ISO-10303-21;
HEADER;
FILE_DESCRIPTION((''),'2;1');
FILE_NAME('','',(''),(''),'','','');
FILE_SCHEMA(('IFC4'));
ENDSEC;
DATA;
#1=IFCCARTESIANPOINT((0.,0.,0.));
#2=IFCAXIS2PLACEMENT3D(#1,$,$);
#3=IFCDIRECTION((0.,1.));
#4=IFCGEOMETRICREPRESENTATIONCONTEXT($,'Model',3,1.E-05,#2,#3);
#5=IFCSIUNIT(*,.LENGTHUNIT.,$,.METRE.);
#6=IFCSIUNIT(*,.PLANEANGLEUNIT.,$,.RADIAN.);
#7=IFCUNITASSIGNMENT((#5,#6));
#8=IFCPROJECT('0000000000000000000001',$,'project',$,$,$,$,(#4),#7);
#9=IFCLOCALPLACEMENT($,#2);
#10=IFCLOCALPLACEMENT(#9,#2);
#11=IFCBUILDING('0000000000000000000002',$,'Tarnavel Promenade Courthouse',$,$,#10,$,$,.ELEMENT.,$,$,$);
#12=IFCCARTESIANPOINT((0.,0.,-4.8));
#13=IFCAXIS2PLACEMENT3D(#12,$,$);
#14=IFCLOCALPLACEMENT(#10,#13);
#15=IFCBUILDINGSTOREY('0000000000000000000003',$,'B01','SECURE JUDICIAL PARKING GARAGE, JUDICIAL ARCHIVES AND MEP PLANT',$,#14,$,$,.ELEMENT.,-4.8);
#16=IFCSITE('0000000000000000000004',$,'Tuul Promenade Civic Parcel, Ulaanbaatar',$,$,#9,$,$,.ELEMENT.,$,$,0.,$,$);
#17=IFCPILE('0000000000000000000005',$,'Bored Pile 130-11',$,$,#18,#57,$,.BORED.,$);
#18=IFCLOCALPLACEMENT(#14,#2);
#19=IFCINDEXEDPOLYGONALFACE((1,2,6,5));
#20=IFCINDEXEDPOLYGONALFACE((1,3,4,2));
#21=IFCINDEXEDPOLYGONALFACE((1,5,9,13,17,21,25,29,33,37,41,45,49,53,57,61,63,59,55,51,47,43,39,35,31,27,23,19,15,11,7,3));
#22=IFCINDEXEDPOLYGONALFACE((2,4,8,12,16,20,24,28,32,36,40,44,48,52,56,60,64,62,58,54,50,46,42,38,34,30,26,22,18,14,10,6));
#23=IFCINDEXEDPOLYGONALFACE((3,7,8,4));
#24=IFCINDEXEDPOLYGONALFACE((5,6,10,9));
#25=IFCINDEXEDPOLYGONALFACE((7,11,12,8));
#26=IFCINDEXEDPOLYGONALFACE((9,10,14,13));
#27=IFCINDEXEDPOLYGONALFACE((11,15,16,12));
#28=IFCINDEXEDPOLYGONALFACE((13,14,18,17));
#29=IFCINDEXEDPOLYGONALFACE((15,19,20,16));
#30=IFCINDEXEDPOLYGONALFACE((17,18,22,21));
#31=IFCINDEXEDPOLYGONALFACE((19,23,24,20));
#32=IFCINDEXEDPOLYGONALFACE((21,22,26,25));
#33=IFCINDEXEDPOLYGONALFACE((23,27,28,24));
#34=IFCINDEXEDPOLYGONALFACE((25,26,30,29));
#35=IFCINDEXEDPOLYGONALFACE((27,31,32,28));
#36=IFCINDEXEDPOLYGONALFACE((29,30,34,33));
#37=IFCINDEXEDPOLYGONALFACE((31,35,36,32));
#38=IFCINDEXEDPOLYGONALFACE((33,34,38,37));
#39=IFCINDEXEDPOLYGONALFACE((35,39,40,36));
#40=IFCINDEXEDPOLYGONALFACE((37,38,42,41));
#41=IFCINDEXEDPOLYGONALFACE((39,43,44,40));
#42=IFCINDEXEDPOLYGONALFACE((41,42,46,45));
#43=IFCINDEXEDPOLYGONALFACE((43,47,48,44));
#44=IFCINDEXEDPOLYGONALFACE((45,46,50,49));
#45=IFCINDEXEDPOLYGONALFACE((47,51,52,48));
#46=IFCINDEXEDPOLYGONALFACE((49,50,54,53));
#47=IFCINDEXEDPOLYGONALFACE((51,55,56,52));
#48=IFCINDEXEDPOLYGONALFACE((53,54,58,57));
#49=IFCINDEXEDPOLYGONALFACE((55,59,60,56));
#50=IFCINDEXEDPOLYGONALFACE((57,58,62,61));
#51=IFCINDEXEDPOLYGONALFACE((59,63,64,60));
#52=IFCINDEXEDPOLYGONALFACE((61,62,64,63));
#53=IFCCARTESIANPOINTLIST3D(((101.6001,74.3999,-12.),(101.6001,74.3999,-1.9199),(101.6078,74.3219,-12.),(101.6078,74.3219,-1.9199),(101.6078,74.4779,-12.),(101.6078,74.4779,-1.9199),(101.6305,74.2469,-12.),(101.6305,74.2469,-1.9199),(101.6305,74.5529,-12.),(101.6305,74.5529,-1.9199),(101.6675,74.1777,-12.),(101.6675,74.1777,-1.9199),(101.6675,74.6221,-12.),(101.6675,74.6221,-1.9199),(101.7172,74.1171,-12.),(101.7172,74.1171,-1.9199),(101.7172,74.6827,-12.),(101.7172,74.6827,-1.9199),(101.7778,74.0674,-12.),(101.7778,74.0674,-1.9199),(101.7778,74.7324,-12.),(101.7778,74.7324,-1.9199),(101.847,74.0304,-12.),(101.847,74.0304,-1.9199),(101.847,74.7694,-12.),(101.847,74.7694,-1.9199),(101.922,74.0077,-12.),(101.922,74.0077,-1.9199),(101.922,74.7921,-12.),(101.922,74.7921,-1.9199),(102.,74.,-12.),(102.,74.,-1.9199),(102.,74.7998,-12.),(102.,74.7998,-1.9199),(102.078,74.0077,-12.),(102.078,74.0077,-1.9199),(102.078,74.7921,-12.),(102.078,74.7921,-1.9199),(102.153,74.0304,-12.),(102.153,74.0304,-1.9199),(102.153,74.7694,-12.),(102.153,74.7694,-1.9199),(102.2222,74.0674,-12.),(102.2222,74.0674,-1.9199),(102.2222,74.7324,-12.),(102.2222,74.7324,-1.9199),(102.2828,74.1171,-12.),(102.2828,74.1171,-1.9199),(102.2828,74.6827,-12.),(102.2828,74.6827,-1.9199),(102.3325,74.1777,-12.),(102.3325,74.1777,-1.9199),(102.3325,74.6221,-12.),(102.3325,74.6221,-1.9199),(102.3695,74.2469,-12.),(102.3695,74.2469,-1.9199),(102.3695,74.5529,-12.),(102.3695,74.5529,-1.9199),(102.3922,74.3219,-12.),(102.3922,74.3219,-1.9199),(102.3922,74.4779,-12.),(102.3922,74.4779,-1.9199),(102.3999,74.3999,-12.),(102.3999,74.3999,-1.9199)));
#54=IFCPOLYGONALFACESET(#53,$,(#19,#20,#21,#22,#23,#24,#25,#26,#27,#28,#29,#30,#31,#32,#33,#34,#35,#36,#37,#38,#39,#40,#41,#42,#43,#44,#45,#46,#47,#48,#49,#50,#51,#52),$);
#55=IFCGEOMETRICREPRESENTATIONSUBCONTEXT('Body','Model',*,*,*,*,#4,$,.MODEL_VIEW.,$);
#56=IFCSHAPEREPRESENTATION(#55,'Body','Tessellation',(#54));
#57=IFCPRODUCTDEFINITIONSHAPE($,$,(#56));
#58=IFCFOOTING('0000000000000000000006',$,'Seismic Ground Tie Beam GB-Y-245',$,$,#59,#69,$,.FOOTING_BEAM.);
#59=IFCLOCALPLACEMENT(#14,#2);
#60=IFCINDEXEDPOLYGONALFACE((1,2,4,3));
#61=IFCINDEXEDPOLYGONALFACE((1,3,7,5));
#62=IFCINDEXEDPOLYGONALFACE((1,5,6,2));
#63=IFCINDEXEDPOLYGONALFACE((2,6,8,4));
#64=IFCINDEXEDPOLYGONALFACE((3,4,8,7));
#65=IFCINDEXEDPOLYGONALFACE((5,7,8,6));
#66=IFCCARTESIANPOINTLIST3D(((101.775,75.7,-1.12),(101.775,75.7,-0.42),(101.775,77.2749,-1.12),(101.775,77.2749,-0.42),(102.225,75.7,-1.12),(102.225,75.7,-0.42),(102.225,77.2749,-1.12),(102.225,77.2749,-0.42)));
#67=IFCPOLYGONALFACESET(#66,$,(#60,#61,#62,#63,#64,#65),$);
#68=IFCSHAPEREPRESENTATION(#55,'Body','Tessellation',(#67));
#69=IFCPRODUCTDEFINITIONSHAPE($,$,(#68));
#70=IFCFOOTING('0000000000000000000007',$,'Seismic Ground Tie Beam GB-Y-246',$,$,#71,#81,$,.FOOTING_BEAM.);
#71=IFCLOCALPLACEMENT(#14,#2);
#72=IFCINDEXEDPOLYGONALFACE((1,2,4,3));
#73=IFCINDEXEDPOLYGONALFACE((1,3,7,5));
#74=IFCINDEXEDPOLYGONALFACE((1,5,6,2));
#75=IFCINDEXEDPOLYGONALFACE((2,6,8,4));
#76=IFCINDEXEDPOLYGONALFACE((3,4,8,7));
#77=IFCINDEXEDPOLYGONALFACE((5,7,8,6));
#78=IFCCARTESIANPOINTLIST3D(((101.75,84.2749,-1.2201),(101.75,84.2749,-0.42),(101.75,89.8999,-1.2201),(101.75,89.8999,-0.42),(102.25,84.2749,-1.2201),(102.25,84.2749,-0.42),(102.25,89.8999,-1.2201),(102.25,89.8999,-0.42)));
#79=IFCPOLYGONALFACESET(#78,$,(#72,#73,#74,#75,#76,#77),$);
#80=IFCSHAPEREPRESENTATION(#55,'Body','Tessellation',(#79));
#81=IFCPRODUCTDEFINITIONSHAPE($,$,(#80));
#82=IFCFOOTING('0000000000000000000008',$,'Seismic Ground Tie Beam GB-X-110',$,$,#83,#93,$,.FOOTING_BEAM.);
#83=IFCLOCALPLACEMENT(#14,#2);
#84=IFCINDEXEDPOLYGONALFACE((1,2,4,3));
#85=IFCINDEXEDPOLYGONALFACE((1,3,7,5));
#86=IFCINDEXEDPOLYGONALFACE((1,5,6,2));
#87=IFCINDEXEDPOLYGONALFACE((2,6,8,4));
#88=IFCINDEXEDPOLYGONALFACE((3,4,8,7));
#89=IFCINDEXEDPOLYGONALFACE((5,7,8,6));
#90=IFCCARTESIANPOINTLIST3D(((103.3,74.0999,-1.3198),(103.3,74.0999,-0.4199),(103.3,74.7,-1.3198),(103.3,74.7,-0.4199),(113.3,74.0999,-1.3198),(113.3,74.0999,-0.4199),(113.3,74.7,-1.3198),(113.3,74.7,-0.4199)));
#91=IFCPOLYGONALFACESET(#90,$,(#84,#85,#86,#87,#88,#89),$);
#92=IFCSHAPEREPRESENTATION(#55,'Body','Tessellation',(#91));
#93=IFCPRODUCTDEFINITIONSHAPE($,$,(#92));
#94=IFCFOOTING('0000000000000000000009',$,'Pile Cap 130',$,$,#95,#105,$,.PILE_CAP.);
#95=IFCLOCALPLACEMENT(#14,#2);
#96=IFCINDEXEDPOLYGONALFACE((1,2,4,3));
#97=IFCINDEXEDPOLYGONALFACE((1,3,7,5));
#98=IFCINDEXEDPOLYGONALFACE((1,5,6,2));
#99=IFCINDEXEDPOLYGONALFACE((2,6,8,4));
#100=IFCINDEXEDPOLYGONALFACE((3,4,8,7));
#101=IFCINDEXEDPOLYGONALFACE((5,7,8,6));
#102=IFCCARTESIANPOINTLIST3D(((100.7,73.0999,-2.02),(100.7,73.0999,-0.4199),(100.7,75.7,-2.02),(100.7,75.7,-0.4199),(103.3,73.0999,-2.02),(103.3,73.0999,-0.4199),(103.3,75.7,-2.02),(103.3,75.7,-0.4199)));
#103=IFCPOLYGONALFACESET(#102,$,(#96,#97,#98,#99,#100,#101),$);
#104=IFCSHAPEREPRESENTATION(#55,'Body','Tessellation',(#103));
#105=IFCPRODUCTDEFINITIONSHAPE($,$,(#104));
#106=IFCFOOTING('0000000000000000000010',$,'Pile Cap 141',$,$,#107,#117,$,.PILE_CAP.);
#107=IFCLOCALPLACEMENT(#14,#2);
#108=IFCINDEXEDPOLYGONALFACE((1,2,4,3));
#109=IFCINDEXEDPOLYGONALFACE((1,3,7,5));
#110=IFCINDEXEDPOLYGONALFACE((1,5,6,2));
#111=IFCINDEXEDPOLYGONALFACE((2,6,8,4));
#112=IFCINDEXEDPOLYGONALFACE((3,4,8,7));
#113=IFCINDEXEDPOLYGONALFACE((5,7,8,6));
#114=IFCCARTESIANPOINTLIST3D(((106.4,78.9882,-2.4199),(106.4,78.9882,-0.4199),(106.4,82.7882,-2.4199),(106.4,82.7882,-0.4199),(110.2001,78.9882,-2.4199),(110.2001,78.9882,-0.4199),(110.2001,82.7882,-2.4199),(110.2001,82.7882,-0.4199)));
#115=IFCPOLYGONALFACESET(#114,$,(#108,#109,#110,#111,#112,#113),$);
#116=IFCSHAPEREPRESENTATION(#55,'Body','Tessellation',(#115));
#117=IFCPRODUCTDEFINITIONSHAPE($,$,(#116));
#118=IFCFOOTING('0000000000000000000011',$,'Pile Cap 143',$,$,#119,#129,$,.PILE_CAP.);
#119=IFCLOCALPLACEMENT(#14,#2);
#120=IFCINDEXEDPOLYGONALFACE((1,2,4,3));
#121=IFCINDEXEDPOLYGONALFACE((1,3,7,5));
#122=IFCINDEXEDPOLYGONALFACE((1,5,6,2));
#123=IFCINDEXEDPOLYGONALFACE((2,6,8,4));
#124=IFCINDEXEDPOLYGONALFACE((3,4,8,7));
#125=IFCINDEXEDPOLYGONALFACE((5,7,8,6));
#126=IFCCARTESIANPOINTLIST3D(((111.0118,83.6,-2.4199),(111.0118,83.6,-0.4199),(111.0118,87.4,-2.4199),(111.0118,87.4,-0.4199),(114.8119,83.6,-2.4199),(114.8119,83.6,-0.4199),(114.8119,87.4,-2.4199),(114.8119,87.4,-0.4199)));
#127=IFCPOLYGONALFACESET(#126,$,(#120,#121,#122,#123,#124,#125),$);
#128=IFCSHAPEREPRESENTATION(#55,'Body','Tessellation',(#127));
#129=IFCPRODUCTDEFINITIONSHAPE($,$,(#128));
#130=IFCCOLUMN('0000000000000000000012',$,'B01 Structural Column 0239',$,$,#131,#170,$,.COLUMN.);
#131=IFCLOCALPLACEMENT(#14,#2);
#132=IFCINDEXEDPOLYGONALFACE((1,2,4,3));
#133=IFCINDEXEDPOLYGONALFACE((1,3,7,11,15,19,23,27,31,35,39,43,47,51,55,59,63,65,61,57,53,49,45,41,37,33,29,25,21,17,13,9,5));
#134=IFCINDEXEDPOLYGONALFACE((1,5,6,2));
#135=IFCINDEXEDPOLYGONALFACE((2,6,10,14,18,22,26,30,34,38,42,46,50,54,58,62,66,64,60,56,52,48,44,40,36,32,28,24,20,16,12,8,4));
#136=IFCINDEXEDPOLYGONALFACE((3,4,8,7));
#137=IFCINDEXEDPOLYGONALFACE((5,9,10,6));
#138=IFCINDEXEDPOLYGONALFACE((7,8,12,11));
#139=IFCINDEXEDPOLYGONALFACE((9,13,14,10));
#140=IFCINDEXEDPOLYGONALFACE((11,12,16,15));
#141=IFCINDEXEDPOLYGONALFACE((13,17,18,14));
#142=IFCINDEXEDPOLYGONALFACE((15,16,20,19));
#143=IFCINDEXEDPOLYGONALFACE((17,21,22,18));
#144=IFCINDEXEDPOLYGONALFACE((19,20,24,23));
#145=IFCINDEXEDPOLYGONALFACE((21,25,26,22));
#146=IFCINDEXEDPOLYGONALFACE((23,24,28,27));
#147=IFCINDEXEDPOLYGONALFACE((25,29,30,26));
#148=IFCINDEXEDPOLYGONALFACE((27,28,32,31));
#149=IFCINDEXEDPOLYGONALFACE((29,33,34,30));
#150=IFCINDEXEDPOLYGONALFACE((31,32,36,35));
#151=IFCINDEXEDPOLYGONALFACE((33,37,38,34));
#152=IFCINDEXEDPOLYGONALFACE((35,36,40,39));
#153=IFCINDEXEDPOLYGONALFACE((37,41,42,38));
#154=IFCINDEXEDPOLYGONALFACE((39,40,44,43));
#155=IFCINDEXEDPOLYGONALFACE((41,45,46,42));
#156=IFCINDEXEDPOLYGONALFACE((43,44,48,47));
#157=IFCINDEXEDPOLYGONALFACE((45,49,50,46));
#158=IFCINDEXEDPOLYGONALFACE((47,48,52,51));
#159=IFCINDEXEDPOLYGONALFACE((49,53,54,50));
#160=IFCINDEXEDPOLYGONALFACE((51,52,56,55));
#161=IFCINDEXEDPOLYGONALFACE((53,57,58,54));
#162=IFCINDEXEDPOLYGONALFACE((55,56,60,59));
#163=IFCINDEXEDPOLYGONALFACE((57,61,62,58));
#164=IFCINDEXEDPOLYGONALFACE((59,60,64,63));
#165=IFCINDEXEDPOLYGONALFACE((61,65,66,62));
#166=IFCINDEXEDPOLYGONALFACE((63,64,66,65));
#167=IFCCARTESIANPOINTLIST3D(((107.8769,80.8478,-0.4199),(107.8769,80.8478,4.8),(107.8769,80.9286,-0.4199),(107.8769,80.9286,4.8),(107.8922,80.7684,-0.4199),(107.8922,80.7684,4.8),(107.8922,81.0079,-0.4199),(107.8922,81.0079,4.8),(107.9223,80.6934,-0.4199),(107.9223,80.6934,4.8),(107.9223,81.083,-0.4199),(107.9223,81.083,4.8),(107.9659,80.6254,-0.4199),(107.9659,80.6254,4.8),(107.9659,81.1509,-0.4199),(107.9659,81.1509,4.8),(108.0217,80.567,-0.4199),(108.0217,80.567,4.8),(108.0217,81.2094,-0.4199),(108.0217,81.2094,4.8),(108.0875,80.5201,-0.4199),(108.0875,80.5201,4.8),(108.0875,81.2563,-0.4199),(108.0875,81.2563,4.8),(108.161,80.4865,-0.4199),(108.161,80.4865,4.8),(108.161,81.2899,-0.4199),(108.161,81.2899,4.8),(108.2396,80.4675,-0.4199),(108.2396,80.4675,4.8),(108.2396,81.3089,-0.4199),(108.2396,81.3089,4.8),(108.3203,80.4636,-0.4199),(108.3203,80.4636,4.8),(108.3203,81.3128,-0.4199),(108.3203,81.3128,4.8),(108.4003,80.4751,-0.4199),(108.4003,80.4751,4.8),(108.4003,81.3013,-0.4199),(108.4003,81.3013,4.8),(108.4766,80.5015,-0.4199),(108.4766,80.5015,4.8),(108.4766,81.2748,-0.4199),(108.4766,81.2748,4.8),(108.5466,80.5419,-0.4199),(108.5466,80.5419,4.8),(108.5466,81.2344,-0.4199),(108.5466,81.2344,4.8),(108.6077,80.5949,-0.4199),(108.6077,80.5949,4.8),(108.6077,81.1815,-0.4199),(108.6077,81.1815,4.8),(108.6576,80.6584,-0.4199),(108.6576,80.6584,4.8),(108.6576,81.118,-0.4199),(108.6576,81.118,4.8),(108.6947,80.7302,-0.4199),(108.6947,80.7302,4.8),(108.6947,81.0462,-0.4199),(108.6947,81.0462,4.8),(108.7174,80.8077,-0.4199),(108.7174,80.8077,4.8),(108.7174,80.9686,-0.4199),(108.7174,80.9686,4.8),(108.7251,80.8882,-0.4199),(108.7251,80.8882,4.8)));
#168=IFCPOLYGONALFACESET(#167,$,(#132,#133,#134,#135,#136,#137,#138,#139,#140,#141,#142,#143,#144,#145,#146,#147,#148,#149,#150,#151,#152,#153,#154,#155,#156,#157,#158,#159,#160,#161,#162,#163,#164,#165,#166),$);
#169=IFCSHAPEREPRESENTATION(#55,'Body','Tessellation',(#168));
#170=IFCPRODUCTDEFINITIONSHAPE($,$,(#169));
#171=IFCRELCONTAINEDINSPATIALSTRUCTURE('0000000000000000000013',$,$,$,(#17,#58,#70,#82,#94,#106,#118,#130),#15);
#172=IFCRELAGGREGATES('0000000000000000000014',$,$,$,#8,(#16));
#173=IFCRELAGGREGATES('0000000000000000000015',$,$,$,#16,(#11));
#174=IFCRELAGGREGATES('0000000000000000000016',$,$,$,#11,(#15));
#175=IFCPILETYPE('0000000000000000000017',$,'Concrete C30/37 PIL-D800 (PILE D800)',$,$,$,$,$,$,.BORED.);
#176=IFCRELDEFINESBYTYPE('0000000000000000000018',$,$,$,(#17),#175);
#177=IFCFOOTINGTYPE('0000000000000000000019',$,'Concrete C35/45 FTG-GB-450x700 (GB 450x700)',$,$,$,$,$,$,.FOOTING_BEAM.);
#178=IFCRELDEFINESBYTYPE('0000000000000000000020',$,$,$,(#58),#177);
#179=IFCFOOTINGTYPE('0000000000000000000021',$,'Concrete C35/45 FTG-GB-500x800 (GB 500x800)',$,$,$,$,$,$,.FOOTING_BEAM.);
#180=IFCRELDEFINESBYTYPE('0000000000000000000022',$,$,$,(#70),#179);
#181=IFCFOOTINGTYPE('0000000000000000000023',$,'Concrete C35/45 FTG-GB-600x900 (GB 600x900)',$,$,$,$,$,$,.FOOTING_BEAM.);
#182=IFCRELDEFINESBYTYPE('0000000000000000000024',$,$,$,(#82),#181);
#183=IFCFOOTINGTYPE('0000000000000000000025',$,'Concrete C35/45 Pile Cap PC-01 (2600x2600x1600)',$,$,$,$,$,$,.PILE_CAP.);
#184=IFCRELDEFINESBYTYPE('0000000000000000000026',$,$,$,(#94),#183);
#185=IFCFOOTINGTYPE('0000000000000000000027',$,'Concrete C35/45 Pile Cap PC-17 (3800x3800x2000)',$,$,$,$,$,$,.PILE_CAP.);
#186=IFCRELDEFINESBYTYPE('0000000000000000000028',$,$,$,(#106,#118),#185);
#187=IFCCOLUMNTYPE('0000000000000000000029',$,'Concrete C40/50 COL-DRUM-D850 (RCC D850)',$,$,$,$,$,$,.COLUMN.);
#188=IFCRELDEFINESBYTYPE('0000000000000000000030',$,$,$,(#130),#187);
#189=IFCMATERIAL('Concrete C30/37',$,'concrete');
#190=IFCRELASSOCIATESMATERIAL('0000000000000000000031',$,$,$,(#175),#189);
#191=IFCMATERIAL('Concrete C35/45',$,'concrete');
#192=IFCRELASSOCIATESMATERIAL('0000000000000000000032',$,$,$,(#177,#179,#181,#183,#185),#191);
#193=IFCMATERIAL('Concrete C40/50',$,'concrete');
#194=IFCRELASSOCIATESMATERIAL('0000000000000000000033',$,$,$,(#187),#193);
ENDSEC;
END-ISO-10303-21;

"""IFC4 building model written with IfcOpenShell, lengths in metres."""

from ifc_helpers import new_model, si_unit, direction, frame, origin, origin_2d, place, context, subcontext, project, spatial, rectangle, circle, extrude, material, material_profile, profile_set, type_object, element, save


model = new_model("IFC4")

# Units and contexts
model_context = context("Model", 3, precision=1e-05, world=origin(), true_north=direction((0.0, 1.0)))
body_context = subcontext(model_context, "Body", "Model", "MODEL_VIEW")
ifc_project = project(units=[si_unit("LENGTHUNIT", "METRE"), si_unit("PLANEANGLEUNIT", "RADIAN")], contexts=[model_context])

# Site, building, storey
site_placement = place(None, origin())
site = spatial("IfcSite", under=ifc_project, at=site_placement, Name="Tuul Promenade Civic Parcel, Ulaanbaatar", CompositionType="ELEMENT", RefElevation=0.0)
building_placement = place(site_placement, origin())
building = spatial("IfcBuilding", under=site, at=building_placement, Name="Tarnavel Promenade Courthouse", CompositionType="ELEMENT")
storey_placement = place(building_placement, frame((0.0, 0.0, -4.8)))
storey = spatial("IfcBuildingStorey", under=building, at=storey_placement, Name="B01", Description="SECURE JUDICIAL PARKING GARAGE, JUDICIAL ARCHIVES AND MEP PLANT", CompositionType="ELEMENT", Elevation=-4.8)

# Pile
ifc_material_1 = material(Name="Concrete C30/37", Category="concrete")
ifc_material_profile_1 = material_profile(ifc_material_1, circle(Radius=0.3999, at=origin_2d()), Name="PILE D800")
ifc_profile_set_1 = profile_set([ifc_material_profile_1], Name="Concrete C30/37")
pile_type_1 = type_object("IfcPileType", Name="Concrete C30/37 PIL-D800 (PILE D800)", PredefinedType="BORED", material=ifc_profile_set_1)
pile_placement = place(storey_placement, frame((102.0, 74.3999, -1.9199), z_axis=(0.0, 0.0, -1.0), x_axis=(1.0, 0.0, 0.0)))
element("IfcPile", 1, at=pile_placement, inside=storey, type_object=pile_type_1, Name="Bored Pile 130-11", PredefinedType="BORED", context=body_context, shape_type="SweptSolid", body=[
    extrude(circle(Radius=0.3999, at=origin_2d()), origin(), (0.0, 0.0, 1.0), 10.0801),
])

# Footings
ifc_material_2 = material(Name="Concrete C35/45", Category="concrete")
ifc_material_profile_2 = material_profile(ifc_material_2, rectangle(XDim=0.45, YDim=0.7, at=origin_2d()), Name="GB 450x700")
ifc_profile_set_2 = profile_set([ifc_material_profile_2], Name="Concrete C35/45")
footing_type_1 = type_object("IfcFootingType", Name="Concrete C35/45 FTG-GB-450x700 (GB 450x700)", PredefinedType="FOOTING_BEAM", material=ifc_profile_set_2)
footing_1_placement = place(storey_placement, frame((102.0, 75.7, -0.77), z_axis=(0.0, 1.0, 0.0), x_axis=(-1.0, 0.0, 0.0)))
element("IfcFooting", 2, at=footing_1_placement, inside=storey, type_object=footing_type_1, Name="Seismic Ground Tie Beam GB-Y-245", PredefinedType="FOOTING_BEAM", context=body_context, shape_type="SweptSolid", body=[
    extrude(rectangle(XDim=0.45, YDim=0.7, at=origin_2d()), origin(), (0.0, 0.0, 1.0), 1.575),
])
ifc_material_profile_3 = material_profile(ifc_material_2, rectangle(XDim=0.5, YDim=0.8, at=origin_2d()), Name="GB 500x800")
ifc_profile_set_3 = profile_set([ifc_material_profile_3], Name="Concrete C35/45")
footing_type_2 = type_object("IfcFootingType", Name="Concrete C35/45 FTG-GB-500x800 (GB 500x800)", PredefinedType="FOOTING_BEAM", material=ifc_profile_set_3)
footing_2_placement = place(storey_placement, frame((102.0, 84.2749, -0.8201), z_axis=(0.0, 1.0, 0.0), x_axis=(-1.0, 0.0, 0.0)))
element("IfcFooting", 3, at=footing_2_placement, inside=storey, type_object=footing_type_2, Name="Seismic Ground Tie Beam GB-Y-246", PredefinedType="FOOTING_BEAM", context=body_context, shape_type="SweptSolid", body=[
    extrude(rectangle(XDim=0.5, YDim=0.8, at=origin_2d()), origin(), (0.0, 0.0, 1.0), 5.625),
])
ifc_material_profile_4 = material_profile(ifc_material_2, rectangle(XDim=0.6001, YDim=0.8999, at=origin_2d()), Name="GB 600x900")
ifc_profile_set_4 = profile_set([ifc_material_profile_4], Name="Concrete C35/45")
footing_type_3 = type_object("IfcFootingType", Name="Concrete C35/45 FTG-GB-600x900 (GB 600x900)", PredefinedType="FOOTING_BEAM", material=ifc_profile_set_4)
footing_3_placement = place(storey_placement, frame((103.3, 74.3999, -0.8699), z_axis=(1.0, 0.0, 0.0), x_axis=(0.0, 1.0, 0.0)))
element("IfcFooting", 4, at=footing_3_placement, inside=storey, type_object=footing_type_3, Name="Seismic Ground Tie Beam GB-X-110", PredefinedType="FOOTING_BEAM", context=body_context, shape_type="SweptSolid", body=[
    extrude(rectangle(XDim=0.6001, YDim=0.8999, at=origin_2d()), origin(), (0.0, 0.0, 1.0), 10.0),
])
footing_type_4 = type_object("IfcFootingType", Name="Concrete C35/45 Pile Cap PC-01 (2600x2600x1600)", PredefinedType="PILE_CAP", material=ifc_material_2)
footing_4_placement = place(storey_placement, frame((102.0, 74.3999, -2.02), z_axis=(0.0, 0.0, 1.0), x_axis=(1.0, 0.0, 0.0)))
element("IfcFooting", 5, at=footing_4_placement, inside=storey, type_object=footing_type_4, Name="Pile Cap 130", PredefinedType="PILE_CAP", context=body_context, shape_type="SweptSolid", body=[
    extrude(rectangle(XDim=2.6001, YDim=2.6001, at=origin_2d()), origin(), (0.0, 0.0, 1.0), 1.6001),
])
footing_type_5 = type_object("IfcFootingType", Name="Concrete C35/45 Pile Cap PC-17 (3800x3800x2000)", PredefinedType="PILE_CAP", material=ifc_material_2)
for number, where, z_axis, x_axis, name in (
    (6, (108.3, 80.8882, -2.4199), (0.0, 0.0, 1.0), (1.0, 0.0, 0.0), "Pile Cap 141"),
    (7, (112.9119, 85.5, -2.4199), (0.0, 0.0, 1.0), (1.0, 0.0, 0.0), "Pile Cap 143"),
):
    element("IfcFooting", number, at=place(storey_placement, frame(where, z_axis=z_axis, x_axis=x_axis)), inside=storey, type_object=footing_type_5, Name=name, PredefinedType="PILE_CAP", context=body_context, shape_type="SweptSolid", body=[
        extrude(rectangle(XDim=3.8, YDim=3.8, at=origin_2d()), origin(), (0.0, 0.0, 1.0), 2.0),
    ])

# Column
ifc_material_3 = material(Name="Concrete C40/50", Category="concrete")
ifc_material_profile_5 = material_profile(ifc_material_3, circle(Radius=0.425, at=origin_2d()), Name="RCC D850")
ifc_profile_set_5 = profile_set([ifc_material_profile_5], Name="Concrete C40/50")
column_type_1 = type_object("IfcColumnType", Name="Concrete C40/50 COL-DRUM-D850 (RCC D850)", PredefinedType="COLUMN", material=ifc_profile_set_5)
for number, where, z_axis, x_axis, name in (
    (8, (108.3, 80.8882, -0.4199), (0.0, 0.0, 1.0), (1.0, 0.0, 0.0), "B01 Structural Column 0239"),
):
    element("IfcColumn", number, at=place(storey_placement, frame(where, z_axis=z_axis, x_axis=x_axis)), inside=storey, type_object=column_type_1, Name=name, PredefinedType="COLUMN", context=body_context, shape_type="SweptSolid", body=[
        extrude(circle(Radius=0.425, at=origin_2d()), origin(), (0.0, 0.0, 1.0), 5.22),
    ])

save(model, "model.ifc")
